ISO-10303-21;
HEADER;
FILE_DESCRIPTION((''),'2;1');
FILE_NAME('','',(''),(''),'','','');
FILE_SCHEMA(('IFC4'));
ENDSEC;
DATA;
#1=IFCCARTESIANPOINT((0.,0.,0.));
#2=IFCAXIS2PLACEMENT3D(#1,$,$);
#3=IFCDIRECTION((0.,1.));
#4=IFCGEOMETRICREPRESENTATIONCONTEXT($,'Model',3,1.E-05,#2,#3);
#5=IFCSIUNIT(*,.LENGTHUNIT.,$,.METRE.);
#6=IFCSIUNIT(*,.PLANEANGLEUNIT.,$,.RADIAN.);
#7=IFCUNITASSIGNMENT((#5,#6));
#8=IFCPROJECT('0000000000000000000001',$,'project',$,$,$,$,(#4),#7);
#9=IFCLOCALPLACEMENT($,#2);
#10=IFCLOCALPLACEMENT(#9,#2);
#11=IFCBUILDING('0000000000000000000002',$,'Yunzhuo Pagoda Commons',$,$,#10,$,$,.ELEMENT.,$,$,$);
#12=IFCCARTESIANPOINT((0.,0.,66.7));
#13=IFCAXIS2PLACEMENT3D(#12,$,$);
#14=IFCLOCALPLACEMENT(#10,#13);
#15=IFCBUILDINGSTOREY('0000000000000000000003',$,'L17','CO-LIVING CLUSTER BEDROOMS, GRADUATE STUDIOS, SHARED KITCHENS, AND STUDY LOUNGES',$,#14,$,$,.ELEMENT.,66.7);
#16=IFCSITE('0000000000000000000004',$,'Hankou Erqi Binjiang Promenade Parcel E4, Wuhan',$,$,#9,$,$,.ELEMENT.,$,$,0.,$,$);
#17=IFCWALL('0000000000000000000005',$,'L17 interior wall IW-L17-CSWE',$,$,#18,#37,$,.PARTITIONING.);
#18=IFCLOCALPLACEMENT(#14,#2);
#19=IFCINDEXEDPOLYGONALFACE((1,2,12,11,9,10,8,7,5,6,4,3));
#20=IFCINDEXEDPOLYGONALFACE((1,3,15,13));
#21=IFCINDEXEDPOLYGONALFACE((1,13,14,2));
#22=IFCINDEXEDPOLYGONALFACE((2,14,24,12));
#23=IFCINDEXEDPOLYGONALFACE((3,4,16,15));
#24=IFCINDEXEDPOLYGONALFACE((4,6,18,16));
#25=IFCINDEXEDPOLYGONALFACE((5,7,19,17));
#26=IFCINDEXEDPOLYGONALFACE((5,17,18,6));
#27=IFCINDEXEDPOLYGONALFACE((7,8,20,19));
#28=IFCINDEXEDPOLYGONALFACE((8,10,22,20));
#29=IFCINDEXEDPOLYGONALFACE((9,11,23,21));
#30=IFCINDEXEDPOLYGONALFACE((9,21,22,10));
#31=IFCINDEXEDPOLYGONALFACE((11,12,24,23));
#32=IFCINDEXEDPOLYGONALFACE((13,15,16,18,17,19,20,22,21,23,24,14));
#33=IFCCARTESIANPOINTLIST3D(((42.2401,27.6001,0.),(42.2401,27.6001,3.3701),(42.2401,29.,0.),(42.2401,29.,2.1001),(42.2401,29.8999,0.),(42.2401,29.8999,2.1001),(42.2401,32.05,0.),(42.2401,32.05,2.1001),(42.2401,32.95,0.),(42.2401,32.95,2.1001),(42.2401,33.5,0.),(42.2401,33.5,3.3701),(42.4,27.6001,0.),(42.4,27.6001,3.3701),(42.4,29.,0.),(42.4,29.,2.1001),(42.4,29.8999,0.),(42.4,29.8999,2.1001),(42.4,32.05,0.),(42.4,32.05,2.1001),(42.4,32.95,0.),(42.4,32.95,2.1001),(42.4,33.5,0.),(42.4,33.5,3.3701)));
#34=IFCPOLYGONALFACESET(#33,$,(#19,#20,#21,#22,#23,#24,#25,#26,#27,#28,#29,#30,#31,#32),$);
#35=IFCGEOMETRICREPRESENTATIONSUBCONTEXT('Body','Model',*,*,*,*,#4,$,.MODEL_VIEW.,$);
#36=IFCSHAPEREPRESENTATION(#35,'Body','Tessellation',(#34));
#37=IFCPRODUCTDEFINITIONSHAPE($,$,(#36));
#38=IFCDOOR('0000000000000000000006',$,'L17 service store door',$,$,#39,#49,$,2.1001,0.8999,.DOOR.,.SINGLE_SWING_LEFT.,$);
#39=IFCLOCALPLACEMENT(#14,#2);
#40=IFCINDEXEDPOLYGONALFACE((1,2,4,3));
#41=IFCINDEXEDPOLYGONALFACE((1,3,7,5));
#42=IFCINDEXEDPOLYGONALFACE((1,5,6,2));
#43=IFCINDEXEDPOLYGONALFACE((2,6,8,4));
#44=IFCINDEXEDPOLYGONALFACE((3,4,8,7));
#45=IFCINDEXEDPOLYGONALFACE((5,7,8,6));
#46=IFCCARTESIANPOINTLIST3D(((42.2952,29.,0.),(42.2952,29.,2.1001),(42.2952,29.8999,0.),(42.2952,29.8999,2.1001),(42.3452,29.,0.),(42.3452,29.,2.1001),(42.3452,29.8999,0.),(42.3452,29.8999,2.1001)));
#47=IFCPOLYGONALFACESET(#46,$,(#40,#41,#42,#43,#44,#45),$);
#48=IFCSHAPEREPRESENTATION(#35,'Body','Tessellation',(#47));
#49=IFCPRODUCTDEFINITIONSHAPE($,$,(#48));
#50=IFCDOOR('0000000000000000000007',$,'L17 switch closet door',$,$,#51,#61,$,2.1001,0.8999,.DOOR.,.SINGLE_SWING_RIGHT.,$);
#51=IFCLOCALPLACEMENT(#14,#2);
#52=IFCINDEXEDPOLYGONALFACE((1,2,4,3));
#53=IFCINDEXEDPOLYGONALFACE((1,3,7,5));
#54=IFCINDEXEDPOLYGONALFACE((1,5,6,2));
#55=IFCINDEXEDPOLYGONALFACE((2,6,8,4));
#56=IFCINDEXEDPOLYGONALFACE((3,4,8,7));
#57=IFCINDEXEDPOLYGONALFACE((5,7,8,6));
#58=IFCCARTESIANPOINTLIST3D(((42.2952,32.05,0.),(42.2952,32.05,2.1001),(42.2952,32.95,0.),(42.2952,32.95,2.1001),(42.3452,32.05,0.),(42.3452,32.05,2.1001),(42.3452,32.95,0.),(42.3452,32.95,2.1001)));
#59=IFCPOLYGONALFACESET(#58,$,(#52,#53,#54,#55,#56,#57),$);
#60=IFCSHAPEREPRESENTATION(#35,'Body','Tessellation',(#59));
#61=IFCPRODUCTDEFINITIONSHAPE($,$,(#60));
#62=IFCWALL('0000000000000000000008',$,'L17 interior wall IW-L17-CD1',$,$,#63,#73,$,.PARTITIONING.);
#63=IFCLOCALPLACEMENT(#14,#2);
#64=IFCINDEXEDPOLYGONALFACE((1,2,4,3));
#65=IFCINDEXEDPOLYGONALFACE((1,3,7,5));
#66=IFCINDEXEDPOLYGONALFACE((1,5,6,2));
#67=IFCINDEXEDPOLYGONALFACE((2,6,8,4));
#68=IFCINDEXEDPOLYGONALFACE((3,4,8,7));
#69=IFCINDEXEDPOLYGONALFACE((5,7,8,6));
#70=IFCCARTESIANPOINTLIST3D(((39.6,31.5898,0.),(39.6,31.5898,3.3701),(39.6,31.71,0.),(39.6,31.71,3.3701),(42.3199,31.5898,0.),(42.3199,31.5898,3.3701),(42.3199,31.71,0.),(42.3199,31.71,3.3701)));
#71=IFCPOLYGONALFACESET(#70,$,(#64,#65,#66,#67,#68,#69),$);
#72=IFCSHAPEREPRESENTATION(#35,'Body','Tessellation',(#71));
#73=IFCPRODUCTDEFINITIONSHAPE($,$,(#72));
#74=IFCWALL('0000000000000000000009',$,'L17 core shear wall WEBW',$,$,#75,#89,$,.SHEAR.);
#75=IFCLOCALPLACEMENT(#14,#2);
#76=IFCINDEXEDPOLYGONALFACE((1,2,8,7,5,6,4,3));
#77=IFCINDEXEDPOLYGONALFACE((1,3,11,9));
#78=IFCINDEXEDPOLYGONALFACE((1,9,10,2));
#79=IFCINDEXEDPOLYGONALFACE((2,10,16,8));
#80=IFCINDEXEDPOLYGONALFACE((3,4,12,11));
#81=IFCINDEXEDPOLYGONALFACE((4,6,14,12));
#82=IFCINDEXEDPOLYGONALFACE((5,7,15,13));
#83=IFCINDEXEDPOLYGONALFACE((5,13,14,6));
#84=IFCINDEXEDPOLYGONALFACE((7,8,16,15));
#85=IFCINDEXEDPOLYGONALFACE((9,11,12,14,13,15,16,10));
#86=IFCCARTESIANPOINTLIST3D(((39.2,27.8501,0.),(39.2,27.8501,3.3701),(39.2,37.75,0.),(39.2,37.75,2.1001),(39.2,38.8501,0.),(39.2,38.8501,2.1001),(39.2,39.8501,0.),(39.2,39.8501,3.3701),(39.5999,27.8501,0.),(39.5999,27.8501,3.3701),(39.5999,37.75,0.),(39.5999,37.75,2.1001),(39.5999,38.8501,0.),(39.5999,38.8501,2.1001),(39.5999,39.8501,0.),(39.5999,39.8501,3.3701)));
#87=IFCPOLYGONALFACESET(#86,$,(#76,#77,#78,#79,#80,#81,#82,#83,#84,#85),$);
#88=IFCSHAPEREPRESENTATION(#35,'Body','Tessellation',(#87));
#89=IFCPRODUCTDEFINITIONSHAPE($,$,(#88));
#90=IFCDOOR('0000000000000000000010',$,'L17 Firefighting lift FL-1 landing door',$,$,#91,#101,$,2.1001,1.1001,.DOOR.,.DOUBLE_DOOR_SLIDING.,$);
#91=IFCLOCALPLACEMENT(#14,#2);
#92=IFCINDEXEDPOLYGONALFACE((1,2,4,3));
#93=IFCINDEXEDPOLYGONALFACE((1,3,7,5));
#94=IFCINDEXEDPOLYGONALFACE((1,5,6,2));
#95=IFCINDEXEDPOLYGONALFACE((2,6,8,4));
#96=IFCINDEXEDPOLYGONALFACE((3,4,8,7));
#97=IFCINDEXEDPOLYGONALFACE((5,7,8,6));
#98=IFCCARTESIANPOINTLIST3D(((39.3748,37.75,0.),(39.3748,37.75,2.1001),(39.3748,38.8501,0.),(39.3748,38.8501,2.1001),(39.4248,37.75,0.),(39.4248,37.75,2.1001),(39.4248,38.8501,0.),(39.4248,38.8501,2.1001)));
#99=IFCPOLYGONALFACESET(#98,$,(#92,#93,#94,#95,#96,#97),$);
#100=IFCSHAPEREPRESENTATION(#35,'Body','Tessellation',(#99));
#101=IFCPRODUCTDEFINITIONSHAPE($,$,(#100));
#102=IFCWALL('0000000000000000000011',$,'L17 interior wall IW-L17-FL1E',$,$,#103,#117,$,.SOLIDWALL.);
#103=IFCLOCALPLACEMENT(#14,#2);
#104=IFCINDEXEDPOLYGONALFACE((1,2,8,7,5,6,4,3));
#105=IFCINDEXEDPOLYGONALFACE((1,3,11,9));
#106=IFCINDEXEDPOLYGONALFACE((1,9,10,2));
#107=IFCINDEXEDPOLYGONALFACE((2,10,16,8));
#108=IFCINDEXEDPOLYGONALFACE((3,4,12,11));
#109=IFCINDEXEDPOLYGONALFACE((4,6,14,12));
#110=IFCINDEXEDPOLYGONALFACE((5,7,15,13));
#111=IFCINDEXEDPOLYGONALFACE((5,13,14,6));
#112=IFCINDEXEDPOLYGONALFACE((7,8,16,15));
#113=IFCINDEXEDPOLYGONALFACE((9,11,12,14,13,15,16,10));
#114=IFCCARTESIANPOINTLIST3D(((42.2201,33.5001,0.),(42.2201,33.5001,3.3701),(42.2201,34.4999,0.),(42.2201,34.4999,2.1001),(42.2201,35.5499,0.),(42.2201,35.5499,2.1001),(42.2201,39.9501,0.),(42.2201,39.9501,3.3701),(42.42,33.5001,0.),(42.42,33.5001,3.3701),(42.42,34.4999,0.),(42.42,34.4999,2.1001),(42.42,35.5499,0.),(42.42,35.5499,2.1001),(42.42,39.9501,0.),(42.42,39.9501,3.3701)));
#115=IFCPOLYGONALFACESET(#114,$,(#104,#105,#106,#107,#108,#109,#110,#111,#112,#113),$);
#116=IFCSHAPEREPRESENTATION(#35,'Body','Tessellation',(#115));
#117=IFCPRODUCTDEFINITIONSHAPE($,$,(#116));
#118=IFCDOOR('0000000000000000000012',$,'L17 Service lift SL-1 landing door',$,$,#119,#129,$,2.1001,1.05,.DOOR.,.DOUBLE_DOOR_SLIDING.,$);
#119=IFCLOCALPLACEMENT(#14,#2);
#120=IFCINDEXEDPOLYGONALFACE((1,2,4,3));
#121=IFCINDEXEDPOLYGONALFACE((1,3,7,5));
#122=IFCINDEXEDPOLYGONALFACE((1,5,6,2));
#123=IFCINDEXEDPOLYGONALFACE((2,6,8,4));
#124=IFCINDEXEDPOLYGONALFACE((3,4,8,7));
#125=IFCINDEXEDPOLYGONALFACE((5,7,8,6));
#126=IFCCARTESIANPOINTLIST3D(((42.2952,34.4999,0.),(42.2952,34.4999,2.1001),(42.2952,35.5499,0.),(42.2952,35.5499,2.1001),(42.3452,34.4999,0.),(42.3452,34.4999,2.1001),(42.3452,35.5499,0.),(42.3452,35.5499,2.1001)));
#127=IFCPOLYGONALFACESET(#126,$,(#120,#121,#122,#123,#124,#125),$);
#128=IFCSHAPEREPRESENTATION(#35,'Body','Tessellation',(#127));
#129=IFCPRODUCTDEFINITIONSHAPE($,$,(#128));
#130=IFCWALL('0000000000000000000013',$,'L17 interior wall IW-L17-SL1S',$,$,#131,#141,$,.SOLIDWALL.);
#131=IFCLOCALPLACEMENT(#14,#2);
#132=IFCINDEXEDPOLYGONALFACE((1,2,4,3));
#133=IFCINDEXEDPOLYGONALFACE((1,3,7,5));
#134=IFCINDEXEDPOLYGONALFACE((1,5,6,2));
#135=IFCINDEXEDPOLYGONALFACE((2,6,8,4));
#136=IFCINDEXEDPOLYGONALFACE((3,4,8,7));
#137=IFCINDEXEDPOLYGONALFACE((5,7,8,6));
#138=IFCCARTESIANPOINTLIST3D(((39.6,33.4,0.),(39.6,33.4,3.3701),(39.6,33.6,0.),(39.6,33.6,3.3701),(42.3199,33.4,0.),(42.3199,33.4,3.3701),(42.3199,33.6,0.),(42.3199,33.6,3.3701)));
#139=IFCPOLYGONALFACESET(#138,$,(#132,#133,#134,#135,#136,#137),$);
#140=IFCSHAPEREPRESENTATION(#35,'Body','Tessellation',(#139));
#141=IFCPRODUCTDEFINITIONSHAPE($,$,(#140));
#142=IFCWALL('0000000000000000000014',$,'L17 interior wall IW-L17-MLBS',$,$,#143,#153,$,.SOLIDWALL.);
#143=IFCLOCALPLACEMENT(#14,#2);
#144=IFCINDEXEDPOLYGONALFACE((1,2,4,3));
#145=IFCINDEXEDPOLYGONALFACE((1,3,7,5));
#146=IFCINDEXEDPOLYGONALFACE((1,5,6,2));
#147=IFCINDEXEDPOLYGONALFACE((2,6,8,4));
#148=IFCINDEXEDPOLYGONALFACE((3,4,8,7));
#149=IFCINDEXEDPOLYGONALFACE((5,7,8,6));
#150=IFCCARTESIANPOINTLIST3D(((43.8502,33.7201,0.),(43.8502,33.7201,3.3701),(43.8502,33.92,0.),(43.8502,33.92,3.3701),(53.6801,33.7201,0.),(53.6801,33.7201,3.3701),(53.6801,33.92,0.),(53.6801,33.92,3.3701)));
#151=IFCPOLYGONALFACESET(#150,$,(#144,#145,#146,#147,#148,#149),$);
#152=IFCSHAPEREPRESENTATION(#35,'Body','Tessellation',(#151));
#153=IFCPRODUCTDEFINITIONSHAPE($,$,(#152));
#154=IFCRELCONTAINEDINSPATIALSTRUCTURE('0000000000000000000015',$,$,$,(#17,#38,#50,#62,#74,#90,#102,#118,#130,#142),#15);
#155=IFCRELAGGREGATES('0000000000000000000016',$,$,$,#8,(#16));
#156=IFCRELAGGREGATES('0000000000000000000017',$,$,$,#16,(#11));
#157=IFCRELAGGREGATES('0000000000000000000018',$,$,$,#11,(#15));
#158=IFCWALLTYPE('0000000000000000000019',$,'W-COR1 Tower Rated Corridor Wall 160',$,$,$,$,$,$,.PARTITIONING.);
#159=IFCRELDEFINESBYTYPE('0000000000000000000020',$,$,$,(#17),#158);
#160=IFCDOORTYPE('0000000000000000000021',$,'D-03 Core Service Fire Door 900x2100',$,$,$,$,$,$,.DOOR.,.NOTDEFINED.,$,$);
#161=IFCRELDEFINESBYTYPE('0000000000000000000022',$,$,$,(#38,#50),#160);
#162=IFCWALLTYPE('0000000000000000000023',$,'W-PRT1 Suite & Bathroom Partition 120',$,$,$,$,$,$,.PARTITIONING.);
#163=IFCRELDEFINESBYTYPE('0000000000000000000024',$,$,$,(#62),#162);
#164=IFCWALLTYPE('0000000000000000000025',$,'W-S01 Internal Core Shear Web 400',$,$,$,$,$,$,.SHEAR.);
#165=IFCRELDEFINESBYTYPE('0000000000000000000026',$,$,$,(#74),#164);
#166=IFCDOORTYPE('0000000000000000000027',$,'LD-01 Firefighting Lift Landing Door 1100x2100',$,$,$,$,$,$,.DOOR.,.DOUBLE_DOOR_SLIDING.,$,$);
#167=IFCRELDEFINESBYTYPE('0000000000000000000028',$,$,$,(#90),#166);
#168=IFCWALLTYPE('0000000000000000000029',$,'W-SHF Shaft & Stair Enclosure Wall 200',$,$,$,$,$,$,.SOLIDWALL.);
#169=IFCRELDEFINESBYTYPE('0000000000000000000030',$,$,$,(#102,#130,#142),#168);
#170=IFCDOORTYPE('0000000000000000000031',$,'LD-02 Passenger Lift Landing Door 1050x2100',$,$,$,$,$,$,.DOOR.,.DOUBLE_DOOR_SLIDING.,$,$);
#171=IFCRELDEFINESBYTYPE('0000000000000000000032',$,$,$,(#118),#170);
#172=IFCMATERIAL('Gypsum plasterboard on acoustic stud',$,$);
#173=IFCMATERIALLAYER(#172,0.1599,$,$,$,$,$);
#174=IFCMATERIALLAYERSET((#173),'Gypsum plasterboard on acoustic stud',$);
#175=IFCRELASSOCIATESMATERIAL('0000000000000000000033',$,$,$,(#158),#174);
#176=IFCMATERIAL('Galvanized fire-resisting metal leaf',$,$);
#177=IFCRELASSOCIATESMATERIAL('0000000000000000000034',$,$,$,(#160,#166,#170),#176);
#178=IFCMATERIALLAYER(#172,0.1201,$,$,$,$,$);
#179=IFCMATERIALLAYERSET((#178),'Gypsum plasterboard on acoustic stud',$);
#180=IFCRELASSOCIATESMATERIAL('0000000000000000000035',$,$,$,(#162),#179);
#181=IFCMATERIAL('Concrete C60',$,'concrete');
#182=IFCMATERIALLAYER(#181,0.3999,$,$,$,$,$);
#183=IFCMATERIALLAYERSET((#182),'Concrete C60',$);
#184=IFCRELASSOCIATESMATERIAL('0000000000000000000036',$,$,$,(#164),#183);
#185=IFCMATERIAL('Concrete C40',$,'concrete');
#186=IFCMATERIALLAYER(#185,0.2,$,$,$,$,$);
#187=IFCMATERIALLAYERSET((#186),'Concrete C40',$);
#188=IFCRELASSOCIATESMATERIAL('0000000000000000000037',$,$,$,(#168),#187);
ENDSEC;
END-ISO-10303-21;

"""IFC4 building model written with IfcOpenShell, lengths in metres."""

from ifc_helpers import new_model, si_unit, direction, frame, frame_2d, origin, origin_with_axes, place, context, subcontext, project, spatial, rectangle, extrude, source, transform, mapped, material, layer, layer_set, type_object, element, fill, save


model = new_model("IFC4")

# Units and contexts
model_context = context("Model", 3, precision=1e-05, world=origin(), true_north=direction((0.0, 1.0)))
body_context = subcontext(model_context, "Body", "Model", "MODEL_VIEW")
ifc_project = project(units=[si_unit("LENGTHUNIT", "METRE"), si_unit("PLANEANGLEUNIT", "RADIAN")], contexts=[model_context])

# Site, building, storey
site_placement = place(None, origin())
site = spatial("IfcSite", under=ifc_project, at=site_placement, Name="Hankou Erqi Binjiang Promenade Parcel E4, Wuhan", CompositionType="ELEMENT", RefElevation=0.0)
building_placement = place(site_placement, origin())
building = spatial("IfcBuilding", under=site, at=building_placement, Name="Yunzhuo Pagoda Commons", CompositionType="ELEMENT")
storey_placement = place(building_placement, frame((0.0, 0.0, 66.7)))
storey = spatial("IfcBuildingStorey", under=building, at=storey_placement, Name="L17", Description="CO-LIVING CLUSTER BEDROOMS, GRADUATE STUDIOS, SHARED KITCHENS, AND STUDY LOUNGES", CompositionType="ELEMENT", Elevation=66.7)

# Wall, openings, doors
ifc_material_1 = material(Name="Gypsum plasterboard on acoustic stud")
ifc_layer_1 = layer(ifc_material_1, 0.1599)
ifc_layer_set_1 = layer_set([ifc_layer_1], Name="Gypsum plasterboard on acoustic stud")
wall_type_1 = type_object("IfcWallType", Name="W-COR1 Tower Rated Corridor Wall 160", PredefinedType="PARTITIONING", material=ifc_layer_set_1)
wall_1_placement = place(storey_placement, frame((42.3201, 27.6001, 0.0), z_axis=(0.0, 0.0, 1.0), x_axis=(0.0, 1.0, 0.0)))
wall_1 = element("IfcWall", 1, at=wall_1_placement, inside=storey, type_object=wall_type_1, Name="L17 interior wall IW-L17-CSWE", PredefinedType="PARTITIONING", context=body_context, shape_type="SweptSolid", body=[
    extrude(rectangle(XDim=5.8999, YDim=0.1599, at=frame_2d((2.95, 0.0))), origin(), (0.0, 0.0, 1.0), 3.3701),
])
opening_1_placement = place(wall_1_placement, frame((1.3999, 0.0, 0.0)))
opening_1 = element("IfcOpeningElement", 2, at=opening_1_placement, cuts=wall_1, PredefinedType="OPENING", context=body_context, shape_type="SweptSolid", body=[
    extrude(rectangle(XDim=0.8999, YDim=2.1001, at=frame_2d((0.45, 1.05))), frame((0.0, 0.0898, 0.0), z_axis=(0.0, -1.0, 0.0), x_axis=(1.0, 0.0, 0.0)), (0.0, 0.0, 1.0), 0.1799),
])
opening_2_placement = place(wall_1_placement, frame((4.45, 0.0, 0.0)))
opening_2 = element("IfcOpeningElement", 3, at=opening_2_placement, cuts=wall_1, PredefinedType="OPENING", context=body_context, shape_type="SweptSolid", body=[
    extrude(rectangle(XDim=0.8999, YDim=2.1001, at=frame_2d((0.45, 1.05))), frame((0.0, 0.0898, 0.0), z_axis=(0.0, -1.0, 0.0), x_axis=(1.0, 0.0, 0.0)), (0.0, 0.0, 1.0), 0.1799),
])
ifc_material_2 = material(Name="Galvanized fire-resisting metal leaf")
door_type_1 = type_object("IfcDoorType", Name="D-03 Core Service Fire Door 900x2100", OperationType="NOTDEFINED", PredefinedType="DOOR", material=ifc_material_2)
shared_shape_1 = source(origin(), body_context, "Body", "SweptSolid", [
    extrude(rectangle(XDim=0.8999, YDim=2.1001, at=frame_2d((0.45, 1.05))), frame((0.0, 0.0249, 0.0), z_axis=(0.0, -1.0, 0.0), x_axis=(1.0, 0.0, 0.0)), (0.0, 0.0, 1.0), 0.05),
])
door_1_placement = place(opening_1_placement, origin_with_axes())
door_1 = element("IfcDoor", 4, at=door_1_placement, inside=storey, type_object=door_type_1, Name="L17 service store door", OperationType="SINGLE_SWING_LEFT", OverallHeight=2.1001, OverallWidth=0.8999, PredefinedType="DOOR", context=body_context, shape_type="MappedRepresentation", body=[
    mapped(shared_shape_1, transform((0.0, 0.0, 0.0), scale=1.0)),
])
fill(opening_1, door_1)
door_2_placement = place(opening_2_placement, origin_with_axes())
door_2 = element("IfcDoor", 5, at=door_2_placement, inside=storey, type_object=door_type_1, Name="L17 switch closet door", OperationType="SINGLE_SWING_RIGHT", OverallHeight=2.1001, OverallWidth=0.8999, PredefinedType="DOOR", context=body_context, shape_type="MappedRepresentation", body=[
    mapped(shared_shape_1, transform((0.0, 0.0, 0.0), scale=1.0)),
])
fill(opening_2, door_2)

# Wall
ifc_layer_2 = layer(ifc_material_1, 0.1201)
ifc_layer_set_2 = layer_set([ifc_layer_2], Name="Gypsum plasterboard on acoustic stud")
wall_type_2 = type_object("IfcWallType", Name="W-PRT1 Suite & Bathroom Partition 120", PredefinedType="PARTITIONING", material=ifc_layer_set_2)
wall_2_placement = place(storey_placement, frame((39.6001, 31.6499, 0.0), z_axis=(0.0, 0.0, 1.0), x_axis=(1.0, 0.0, 0.0)))
element("IfcWall", 6, at=wall_2_placement, inside=storey, type_object=wall_type_2, Name="L17 interior wall IW-L17-CD1", PredefinedType="PARTITIONING", context=body_context, shape_type="SweptSolid", body=[
    extrude(rectangle(XDim=2.72, YDim=0.1201, at=frame_2d((1.3599, 0.0))), origin(), (0.0, 0.0, 1.0), 3.3701),
])

# Walls, openings, doors
ifc_material_3 = material(Name="Concrete C60", Category="concrete")
ifc_layer_3 = layer(ifc_material_3, 0.3999)
ifc_layer_set_3 = layer_set([ifc_layer_3], Name="Concrete C60")
wall_type_3 = type_object("IfcWallType", Name="W-S01 Internal Core Shear Web 400", PredefinedType="SHEAR", material=ifc_layer_set_3)
wall_3_placement = place(storey_placement, frame((39.3999, 27.8501, 0.0), z_axis=(0.0, 0.0, 1.0), x_axis=(0.0, 1.0, 0.0)))
wall_3 = element("IfcWall", 7, at=wall_3_placement, inside=storey, type_object=wall_type_3, Name="L17 core shear wall WEBW", PredefinedType="SHEAR", context=body_context, shape_type="SweptSolid", body=[
    extrude(rectangle(XDim=12.0, YDim=0.3999, at=frame_2d((6.0, 0.0))), origin(), (0.0, 0.0, 1.0), 3.3701),
])
opening_3_placement = place(wall_3_placement, frame((9.8999, 0.0, 0.0)))
opening_3 = element("IfcOpeningElement", 8, at=opening_3_placement, cuts=wall_3, PredefinedType="OPENING", context=body_context, shape_type="SweptSolid", body=[
    extrude(rectangle(XDim=1.1001, YDim=2.1001, at=frame_2d((0.55, 1.05))), frame((0.0, 0.21, 0.0), z_axis=(0.0, -1.0, 0.0), x_axis=(1.0, 0.0, 0.0)), (0.0, 0.0, 1.0), 0.4199),
])
door_type_2 = type_object("IfcDoorType", Name="LD-01 Firefighting Lift Landing Door 1100x2100", OperationType="DOUBLE_DOOR_SLIDING", PredefinedType="DOOR", material=ifc_material_2)
shared_shape_2 = source(origin(), body_context, "Body", "SweptSolid", [
    extrude(rectangle(XDim=1.1001, YDim=2.1001, at=frame_2d((0.55, 1.05))), frame((0.0, 0.0249, 0.0), z_axis=(0.0, -1.0, 0.0), x_axis=(1.0, 0.0, 0.0)), (0.0, 0.0, 1.0), 0.05),
])
door_3_placement = place(opening_3_placement, frame((1.1001, 0.0, 0.0), z_axis=(0.0, 0.0, 1.0), x_axis=(-1.0, 0.0, 0.0)))
door_3 = element("IfcDoor", 9, at=door_3_placement, inside=storey, type_object=door_type_2, Name="L17 Firefighting lift FL-1 landing door", OperationType="DOUBLE_DOOR_SLIDING", OverallHeight=2.1001, OverallWidth=1.1001, PredefinedType="DOOR", context=body_context, shape_type="MappedRepresentation", body=[
    mapped(shared_shape_2, transform((0.0, 0.0, 0.0), scale=1.0)),
])
fill(opening_3, door_3)
ifc_material_4 = material(Name="Concrete C40", Category="concrete")
ifc_layer_4 = layer(ifc_material_4, 0.2)
ifc_layer_set_4 = layer_set([ifc_layer_4], Name="Concrete C40")
wall_type_4 = type_object("IfcWallType", Name="W-SHF Shaft & Stair Enclosure Wall 200", PredefinedType="SOLIDWALL", material=ifc_layer_set_4)
wall_4_placement = place(storey_placement, frame((42.3201, 33.5, 0.0), z_axis=(0.0, 0.0, 1.0), x_axis=(0.0, 1.0, 0.0)))
wall_4 = element("IfcWall", 10, at=wall_4_placement, inside=storey, type_object=wall_type_4, Name="L17 interior wall IW-L17-FL1E", PredefinedType="SOLIDWALL", context=body_context, shape_type="SweptSolid", body=[
    extrude(rectangle(XDim=6.45, YDim=0.2, at=frame_2d((3.2251, 0.0))), origin(), (0.0, 0.0, 1.0), 3.3701),
])
opening_4_placement = place(wall_4_placement, frame((1.0, 0.0, 0.0)))
opening_4 = element("IfcOpeningElement", 11, at=opening_4_placement, cuts=wall_4, PredefinedType="OPENING", context=body_context, shape_type="SweptSolid", body=[
    extrude(rectangle(XDim=1.05, YDim=2.1001, at=frame_2d((0.5249, 1.05))), frame((0.0, 0.1099, 0.0), z_axis=(0.0, -1.0, 0.0), x_axis=(1.0, 0.0, 0.0)), (0.0, 0.0, 1.0), 0.22),
])
door_type_3 = type_object("IfcDoorType", Name="LD-02 Passenger Lift Landing Door 1050x2100", OperationType="DOUBLE_DOOR_SLIDING", PredefinedType="DOOR", material=ifc_material_2)
shared_shape_3 = source(origin(), body_context, "Body", "SweptSolid", [
    extrude(rectangle(XDim=1.05, YDim=2.1001, at=frame_2d((0.5249, 1.05))), frame((0.0, 0.0249, 0.0), z_axis=(0.0, -1.0, 0.0), x_axis=(1.0, 0.0, 0.0)), (0.0, 0.0, 1.0), 0.05),
])
door_4_placement = place(opening_4_placement, origin_with_axes())
door_4 = element("IfcDoor", 12, at=door_4_placement, inside=storey, type_object=door_type_3, Name="L17 Service lift SL-1 landing door", OperationType="DOUBLE_DOOR_SLIDING", OverallHeight=2.1001, OverallWidth=1.05, PredefinedType="DOOR", context=body_context, shape_type="MappedRepresentation", body=[
    mapped(shared_shape_3, transform((0.0, 0.0, 0.0), scale=1.0)),
])
fill(opening_4, door_4)

# Walls
wall_5_placement = place(storey_placement, frame((39.6001, 33.5, 0.0), z_axis=(0.0, 0.0, 1.0), x_axis=(1.0, 0.0, 0.0)))
element("IfcWall", 13, at=wall_5_placement, inside=storey, type_object=wall_type_4, Name="L17 interior wall IW-L17-SL1S", PredefinedType="SOLIDWALL", context=body_context, shape_type="SweptSolid", body=[
    extrude(rectangle(XDim=2.72, YDim=0.2, at=frame_2d((1.3599, 0.0))), origin(), (0.0, 0.0, 1.0), 3.3701),
])
wall_6_placement = place(storey_placement, frame((43.8501, 33.8201, 0.0), z_axis=(0.0, 0.0, 1.0), x_axis=(1.0, 0.0, 0.0)))
element("IfcWall", 14, at=wall_6_placement, inside=storey, type_object=wall_type_4, Name="L17 interior wall IW-L17-MLBS", PredefinedType="SOLIDWALL", context=body_context, shape_type="SweptSolid", body=[
    extrude(rectangle(XDim=9.8298, YDim=0.2, at=frame_2d((4.915, 0.0))), origin(), (0.0, 0.0, 1.0), 3.3701),
])

save(model, "model.ifc")
